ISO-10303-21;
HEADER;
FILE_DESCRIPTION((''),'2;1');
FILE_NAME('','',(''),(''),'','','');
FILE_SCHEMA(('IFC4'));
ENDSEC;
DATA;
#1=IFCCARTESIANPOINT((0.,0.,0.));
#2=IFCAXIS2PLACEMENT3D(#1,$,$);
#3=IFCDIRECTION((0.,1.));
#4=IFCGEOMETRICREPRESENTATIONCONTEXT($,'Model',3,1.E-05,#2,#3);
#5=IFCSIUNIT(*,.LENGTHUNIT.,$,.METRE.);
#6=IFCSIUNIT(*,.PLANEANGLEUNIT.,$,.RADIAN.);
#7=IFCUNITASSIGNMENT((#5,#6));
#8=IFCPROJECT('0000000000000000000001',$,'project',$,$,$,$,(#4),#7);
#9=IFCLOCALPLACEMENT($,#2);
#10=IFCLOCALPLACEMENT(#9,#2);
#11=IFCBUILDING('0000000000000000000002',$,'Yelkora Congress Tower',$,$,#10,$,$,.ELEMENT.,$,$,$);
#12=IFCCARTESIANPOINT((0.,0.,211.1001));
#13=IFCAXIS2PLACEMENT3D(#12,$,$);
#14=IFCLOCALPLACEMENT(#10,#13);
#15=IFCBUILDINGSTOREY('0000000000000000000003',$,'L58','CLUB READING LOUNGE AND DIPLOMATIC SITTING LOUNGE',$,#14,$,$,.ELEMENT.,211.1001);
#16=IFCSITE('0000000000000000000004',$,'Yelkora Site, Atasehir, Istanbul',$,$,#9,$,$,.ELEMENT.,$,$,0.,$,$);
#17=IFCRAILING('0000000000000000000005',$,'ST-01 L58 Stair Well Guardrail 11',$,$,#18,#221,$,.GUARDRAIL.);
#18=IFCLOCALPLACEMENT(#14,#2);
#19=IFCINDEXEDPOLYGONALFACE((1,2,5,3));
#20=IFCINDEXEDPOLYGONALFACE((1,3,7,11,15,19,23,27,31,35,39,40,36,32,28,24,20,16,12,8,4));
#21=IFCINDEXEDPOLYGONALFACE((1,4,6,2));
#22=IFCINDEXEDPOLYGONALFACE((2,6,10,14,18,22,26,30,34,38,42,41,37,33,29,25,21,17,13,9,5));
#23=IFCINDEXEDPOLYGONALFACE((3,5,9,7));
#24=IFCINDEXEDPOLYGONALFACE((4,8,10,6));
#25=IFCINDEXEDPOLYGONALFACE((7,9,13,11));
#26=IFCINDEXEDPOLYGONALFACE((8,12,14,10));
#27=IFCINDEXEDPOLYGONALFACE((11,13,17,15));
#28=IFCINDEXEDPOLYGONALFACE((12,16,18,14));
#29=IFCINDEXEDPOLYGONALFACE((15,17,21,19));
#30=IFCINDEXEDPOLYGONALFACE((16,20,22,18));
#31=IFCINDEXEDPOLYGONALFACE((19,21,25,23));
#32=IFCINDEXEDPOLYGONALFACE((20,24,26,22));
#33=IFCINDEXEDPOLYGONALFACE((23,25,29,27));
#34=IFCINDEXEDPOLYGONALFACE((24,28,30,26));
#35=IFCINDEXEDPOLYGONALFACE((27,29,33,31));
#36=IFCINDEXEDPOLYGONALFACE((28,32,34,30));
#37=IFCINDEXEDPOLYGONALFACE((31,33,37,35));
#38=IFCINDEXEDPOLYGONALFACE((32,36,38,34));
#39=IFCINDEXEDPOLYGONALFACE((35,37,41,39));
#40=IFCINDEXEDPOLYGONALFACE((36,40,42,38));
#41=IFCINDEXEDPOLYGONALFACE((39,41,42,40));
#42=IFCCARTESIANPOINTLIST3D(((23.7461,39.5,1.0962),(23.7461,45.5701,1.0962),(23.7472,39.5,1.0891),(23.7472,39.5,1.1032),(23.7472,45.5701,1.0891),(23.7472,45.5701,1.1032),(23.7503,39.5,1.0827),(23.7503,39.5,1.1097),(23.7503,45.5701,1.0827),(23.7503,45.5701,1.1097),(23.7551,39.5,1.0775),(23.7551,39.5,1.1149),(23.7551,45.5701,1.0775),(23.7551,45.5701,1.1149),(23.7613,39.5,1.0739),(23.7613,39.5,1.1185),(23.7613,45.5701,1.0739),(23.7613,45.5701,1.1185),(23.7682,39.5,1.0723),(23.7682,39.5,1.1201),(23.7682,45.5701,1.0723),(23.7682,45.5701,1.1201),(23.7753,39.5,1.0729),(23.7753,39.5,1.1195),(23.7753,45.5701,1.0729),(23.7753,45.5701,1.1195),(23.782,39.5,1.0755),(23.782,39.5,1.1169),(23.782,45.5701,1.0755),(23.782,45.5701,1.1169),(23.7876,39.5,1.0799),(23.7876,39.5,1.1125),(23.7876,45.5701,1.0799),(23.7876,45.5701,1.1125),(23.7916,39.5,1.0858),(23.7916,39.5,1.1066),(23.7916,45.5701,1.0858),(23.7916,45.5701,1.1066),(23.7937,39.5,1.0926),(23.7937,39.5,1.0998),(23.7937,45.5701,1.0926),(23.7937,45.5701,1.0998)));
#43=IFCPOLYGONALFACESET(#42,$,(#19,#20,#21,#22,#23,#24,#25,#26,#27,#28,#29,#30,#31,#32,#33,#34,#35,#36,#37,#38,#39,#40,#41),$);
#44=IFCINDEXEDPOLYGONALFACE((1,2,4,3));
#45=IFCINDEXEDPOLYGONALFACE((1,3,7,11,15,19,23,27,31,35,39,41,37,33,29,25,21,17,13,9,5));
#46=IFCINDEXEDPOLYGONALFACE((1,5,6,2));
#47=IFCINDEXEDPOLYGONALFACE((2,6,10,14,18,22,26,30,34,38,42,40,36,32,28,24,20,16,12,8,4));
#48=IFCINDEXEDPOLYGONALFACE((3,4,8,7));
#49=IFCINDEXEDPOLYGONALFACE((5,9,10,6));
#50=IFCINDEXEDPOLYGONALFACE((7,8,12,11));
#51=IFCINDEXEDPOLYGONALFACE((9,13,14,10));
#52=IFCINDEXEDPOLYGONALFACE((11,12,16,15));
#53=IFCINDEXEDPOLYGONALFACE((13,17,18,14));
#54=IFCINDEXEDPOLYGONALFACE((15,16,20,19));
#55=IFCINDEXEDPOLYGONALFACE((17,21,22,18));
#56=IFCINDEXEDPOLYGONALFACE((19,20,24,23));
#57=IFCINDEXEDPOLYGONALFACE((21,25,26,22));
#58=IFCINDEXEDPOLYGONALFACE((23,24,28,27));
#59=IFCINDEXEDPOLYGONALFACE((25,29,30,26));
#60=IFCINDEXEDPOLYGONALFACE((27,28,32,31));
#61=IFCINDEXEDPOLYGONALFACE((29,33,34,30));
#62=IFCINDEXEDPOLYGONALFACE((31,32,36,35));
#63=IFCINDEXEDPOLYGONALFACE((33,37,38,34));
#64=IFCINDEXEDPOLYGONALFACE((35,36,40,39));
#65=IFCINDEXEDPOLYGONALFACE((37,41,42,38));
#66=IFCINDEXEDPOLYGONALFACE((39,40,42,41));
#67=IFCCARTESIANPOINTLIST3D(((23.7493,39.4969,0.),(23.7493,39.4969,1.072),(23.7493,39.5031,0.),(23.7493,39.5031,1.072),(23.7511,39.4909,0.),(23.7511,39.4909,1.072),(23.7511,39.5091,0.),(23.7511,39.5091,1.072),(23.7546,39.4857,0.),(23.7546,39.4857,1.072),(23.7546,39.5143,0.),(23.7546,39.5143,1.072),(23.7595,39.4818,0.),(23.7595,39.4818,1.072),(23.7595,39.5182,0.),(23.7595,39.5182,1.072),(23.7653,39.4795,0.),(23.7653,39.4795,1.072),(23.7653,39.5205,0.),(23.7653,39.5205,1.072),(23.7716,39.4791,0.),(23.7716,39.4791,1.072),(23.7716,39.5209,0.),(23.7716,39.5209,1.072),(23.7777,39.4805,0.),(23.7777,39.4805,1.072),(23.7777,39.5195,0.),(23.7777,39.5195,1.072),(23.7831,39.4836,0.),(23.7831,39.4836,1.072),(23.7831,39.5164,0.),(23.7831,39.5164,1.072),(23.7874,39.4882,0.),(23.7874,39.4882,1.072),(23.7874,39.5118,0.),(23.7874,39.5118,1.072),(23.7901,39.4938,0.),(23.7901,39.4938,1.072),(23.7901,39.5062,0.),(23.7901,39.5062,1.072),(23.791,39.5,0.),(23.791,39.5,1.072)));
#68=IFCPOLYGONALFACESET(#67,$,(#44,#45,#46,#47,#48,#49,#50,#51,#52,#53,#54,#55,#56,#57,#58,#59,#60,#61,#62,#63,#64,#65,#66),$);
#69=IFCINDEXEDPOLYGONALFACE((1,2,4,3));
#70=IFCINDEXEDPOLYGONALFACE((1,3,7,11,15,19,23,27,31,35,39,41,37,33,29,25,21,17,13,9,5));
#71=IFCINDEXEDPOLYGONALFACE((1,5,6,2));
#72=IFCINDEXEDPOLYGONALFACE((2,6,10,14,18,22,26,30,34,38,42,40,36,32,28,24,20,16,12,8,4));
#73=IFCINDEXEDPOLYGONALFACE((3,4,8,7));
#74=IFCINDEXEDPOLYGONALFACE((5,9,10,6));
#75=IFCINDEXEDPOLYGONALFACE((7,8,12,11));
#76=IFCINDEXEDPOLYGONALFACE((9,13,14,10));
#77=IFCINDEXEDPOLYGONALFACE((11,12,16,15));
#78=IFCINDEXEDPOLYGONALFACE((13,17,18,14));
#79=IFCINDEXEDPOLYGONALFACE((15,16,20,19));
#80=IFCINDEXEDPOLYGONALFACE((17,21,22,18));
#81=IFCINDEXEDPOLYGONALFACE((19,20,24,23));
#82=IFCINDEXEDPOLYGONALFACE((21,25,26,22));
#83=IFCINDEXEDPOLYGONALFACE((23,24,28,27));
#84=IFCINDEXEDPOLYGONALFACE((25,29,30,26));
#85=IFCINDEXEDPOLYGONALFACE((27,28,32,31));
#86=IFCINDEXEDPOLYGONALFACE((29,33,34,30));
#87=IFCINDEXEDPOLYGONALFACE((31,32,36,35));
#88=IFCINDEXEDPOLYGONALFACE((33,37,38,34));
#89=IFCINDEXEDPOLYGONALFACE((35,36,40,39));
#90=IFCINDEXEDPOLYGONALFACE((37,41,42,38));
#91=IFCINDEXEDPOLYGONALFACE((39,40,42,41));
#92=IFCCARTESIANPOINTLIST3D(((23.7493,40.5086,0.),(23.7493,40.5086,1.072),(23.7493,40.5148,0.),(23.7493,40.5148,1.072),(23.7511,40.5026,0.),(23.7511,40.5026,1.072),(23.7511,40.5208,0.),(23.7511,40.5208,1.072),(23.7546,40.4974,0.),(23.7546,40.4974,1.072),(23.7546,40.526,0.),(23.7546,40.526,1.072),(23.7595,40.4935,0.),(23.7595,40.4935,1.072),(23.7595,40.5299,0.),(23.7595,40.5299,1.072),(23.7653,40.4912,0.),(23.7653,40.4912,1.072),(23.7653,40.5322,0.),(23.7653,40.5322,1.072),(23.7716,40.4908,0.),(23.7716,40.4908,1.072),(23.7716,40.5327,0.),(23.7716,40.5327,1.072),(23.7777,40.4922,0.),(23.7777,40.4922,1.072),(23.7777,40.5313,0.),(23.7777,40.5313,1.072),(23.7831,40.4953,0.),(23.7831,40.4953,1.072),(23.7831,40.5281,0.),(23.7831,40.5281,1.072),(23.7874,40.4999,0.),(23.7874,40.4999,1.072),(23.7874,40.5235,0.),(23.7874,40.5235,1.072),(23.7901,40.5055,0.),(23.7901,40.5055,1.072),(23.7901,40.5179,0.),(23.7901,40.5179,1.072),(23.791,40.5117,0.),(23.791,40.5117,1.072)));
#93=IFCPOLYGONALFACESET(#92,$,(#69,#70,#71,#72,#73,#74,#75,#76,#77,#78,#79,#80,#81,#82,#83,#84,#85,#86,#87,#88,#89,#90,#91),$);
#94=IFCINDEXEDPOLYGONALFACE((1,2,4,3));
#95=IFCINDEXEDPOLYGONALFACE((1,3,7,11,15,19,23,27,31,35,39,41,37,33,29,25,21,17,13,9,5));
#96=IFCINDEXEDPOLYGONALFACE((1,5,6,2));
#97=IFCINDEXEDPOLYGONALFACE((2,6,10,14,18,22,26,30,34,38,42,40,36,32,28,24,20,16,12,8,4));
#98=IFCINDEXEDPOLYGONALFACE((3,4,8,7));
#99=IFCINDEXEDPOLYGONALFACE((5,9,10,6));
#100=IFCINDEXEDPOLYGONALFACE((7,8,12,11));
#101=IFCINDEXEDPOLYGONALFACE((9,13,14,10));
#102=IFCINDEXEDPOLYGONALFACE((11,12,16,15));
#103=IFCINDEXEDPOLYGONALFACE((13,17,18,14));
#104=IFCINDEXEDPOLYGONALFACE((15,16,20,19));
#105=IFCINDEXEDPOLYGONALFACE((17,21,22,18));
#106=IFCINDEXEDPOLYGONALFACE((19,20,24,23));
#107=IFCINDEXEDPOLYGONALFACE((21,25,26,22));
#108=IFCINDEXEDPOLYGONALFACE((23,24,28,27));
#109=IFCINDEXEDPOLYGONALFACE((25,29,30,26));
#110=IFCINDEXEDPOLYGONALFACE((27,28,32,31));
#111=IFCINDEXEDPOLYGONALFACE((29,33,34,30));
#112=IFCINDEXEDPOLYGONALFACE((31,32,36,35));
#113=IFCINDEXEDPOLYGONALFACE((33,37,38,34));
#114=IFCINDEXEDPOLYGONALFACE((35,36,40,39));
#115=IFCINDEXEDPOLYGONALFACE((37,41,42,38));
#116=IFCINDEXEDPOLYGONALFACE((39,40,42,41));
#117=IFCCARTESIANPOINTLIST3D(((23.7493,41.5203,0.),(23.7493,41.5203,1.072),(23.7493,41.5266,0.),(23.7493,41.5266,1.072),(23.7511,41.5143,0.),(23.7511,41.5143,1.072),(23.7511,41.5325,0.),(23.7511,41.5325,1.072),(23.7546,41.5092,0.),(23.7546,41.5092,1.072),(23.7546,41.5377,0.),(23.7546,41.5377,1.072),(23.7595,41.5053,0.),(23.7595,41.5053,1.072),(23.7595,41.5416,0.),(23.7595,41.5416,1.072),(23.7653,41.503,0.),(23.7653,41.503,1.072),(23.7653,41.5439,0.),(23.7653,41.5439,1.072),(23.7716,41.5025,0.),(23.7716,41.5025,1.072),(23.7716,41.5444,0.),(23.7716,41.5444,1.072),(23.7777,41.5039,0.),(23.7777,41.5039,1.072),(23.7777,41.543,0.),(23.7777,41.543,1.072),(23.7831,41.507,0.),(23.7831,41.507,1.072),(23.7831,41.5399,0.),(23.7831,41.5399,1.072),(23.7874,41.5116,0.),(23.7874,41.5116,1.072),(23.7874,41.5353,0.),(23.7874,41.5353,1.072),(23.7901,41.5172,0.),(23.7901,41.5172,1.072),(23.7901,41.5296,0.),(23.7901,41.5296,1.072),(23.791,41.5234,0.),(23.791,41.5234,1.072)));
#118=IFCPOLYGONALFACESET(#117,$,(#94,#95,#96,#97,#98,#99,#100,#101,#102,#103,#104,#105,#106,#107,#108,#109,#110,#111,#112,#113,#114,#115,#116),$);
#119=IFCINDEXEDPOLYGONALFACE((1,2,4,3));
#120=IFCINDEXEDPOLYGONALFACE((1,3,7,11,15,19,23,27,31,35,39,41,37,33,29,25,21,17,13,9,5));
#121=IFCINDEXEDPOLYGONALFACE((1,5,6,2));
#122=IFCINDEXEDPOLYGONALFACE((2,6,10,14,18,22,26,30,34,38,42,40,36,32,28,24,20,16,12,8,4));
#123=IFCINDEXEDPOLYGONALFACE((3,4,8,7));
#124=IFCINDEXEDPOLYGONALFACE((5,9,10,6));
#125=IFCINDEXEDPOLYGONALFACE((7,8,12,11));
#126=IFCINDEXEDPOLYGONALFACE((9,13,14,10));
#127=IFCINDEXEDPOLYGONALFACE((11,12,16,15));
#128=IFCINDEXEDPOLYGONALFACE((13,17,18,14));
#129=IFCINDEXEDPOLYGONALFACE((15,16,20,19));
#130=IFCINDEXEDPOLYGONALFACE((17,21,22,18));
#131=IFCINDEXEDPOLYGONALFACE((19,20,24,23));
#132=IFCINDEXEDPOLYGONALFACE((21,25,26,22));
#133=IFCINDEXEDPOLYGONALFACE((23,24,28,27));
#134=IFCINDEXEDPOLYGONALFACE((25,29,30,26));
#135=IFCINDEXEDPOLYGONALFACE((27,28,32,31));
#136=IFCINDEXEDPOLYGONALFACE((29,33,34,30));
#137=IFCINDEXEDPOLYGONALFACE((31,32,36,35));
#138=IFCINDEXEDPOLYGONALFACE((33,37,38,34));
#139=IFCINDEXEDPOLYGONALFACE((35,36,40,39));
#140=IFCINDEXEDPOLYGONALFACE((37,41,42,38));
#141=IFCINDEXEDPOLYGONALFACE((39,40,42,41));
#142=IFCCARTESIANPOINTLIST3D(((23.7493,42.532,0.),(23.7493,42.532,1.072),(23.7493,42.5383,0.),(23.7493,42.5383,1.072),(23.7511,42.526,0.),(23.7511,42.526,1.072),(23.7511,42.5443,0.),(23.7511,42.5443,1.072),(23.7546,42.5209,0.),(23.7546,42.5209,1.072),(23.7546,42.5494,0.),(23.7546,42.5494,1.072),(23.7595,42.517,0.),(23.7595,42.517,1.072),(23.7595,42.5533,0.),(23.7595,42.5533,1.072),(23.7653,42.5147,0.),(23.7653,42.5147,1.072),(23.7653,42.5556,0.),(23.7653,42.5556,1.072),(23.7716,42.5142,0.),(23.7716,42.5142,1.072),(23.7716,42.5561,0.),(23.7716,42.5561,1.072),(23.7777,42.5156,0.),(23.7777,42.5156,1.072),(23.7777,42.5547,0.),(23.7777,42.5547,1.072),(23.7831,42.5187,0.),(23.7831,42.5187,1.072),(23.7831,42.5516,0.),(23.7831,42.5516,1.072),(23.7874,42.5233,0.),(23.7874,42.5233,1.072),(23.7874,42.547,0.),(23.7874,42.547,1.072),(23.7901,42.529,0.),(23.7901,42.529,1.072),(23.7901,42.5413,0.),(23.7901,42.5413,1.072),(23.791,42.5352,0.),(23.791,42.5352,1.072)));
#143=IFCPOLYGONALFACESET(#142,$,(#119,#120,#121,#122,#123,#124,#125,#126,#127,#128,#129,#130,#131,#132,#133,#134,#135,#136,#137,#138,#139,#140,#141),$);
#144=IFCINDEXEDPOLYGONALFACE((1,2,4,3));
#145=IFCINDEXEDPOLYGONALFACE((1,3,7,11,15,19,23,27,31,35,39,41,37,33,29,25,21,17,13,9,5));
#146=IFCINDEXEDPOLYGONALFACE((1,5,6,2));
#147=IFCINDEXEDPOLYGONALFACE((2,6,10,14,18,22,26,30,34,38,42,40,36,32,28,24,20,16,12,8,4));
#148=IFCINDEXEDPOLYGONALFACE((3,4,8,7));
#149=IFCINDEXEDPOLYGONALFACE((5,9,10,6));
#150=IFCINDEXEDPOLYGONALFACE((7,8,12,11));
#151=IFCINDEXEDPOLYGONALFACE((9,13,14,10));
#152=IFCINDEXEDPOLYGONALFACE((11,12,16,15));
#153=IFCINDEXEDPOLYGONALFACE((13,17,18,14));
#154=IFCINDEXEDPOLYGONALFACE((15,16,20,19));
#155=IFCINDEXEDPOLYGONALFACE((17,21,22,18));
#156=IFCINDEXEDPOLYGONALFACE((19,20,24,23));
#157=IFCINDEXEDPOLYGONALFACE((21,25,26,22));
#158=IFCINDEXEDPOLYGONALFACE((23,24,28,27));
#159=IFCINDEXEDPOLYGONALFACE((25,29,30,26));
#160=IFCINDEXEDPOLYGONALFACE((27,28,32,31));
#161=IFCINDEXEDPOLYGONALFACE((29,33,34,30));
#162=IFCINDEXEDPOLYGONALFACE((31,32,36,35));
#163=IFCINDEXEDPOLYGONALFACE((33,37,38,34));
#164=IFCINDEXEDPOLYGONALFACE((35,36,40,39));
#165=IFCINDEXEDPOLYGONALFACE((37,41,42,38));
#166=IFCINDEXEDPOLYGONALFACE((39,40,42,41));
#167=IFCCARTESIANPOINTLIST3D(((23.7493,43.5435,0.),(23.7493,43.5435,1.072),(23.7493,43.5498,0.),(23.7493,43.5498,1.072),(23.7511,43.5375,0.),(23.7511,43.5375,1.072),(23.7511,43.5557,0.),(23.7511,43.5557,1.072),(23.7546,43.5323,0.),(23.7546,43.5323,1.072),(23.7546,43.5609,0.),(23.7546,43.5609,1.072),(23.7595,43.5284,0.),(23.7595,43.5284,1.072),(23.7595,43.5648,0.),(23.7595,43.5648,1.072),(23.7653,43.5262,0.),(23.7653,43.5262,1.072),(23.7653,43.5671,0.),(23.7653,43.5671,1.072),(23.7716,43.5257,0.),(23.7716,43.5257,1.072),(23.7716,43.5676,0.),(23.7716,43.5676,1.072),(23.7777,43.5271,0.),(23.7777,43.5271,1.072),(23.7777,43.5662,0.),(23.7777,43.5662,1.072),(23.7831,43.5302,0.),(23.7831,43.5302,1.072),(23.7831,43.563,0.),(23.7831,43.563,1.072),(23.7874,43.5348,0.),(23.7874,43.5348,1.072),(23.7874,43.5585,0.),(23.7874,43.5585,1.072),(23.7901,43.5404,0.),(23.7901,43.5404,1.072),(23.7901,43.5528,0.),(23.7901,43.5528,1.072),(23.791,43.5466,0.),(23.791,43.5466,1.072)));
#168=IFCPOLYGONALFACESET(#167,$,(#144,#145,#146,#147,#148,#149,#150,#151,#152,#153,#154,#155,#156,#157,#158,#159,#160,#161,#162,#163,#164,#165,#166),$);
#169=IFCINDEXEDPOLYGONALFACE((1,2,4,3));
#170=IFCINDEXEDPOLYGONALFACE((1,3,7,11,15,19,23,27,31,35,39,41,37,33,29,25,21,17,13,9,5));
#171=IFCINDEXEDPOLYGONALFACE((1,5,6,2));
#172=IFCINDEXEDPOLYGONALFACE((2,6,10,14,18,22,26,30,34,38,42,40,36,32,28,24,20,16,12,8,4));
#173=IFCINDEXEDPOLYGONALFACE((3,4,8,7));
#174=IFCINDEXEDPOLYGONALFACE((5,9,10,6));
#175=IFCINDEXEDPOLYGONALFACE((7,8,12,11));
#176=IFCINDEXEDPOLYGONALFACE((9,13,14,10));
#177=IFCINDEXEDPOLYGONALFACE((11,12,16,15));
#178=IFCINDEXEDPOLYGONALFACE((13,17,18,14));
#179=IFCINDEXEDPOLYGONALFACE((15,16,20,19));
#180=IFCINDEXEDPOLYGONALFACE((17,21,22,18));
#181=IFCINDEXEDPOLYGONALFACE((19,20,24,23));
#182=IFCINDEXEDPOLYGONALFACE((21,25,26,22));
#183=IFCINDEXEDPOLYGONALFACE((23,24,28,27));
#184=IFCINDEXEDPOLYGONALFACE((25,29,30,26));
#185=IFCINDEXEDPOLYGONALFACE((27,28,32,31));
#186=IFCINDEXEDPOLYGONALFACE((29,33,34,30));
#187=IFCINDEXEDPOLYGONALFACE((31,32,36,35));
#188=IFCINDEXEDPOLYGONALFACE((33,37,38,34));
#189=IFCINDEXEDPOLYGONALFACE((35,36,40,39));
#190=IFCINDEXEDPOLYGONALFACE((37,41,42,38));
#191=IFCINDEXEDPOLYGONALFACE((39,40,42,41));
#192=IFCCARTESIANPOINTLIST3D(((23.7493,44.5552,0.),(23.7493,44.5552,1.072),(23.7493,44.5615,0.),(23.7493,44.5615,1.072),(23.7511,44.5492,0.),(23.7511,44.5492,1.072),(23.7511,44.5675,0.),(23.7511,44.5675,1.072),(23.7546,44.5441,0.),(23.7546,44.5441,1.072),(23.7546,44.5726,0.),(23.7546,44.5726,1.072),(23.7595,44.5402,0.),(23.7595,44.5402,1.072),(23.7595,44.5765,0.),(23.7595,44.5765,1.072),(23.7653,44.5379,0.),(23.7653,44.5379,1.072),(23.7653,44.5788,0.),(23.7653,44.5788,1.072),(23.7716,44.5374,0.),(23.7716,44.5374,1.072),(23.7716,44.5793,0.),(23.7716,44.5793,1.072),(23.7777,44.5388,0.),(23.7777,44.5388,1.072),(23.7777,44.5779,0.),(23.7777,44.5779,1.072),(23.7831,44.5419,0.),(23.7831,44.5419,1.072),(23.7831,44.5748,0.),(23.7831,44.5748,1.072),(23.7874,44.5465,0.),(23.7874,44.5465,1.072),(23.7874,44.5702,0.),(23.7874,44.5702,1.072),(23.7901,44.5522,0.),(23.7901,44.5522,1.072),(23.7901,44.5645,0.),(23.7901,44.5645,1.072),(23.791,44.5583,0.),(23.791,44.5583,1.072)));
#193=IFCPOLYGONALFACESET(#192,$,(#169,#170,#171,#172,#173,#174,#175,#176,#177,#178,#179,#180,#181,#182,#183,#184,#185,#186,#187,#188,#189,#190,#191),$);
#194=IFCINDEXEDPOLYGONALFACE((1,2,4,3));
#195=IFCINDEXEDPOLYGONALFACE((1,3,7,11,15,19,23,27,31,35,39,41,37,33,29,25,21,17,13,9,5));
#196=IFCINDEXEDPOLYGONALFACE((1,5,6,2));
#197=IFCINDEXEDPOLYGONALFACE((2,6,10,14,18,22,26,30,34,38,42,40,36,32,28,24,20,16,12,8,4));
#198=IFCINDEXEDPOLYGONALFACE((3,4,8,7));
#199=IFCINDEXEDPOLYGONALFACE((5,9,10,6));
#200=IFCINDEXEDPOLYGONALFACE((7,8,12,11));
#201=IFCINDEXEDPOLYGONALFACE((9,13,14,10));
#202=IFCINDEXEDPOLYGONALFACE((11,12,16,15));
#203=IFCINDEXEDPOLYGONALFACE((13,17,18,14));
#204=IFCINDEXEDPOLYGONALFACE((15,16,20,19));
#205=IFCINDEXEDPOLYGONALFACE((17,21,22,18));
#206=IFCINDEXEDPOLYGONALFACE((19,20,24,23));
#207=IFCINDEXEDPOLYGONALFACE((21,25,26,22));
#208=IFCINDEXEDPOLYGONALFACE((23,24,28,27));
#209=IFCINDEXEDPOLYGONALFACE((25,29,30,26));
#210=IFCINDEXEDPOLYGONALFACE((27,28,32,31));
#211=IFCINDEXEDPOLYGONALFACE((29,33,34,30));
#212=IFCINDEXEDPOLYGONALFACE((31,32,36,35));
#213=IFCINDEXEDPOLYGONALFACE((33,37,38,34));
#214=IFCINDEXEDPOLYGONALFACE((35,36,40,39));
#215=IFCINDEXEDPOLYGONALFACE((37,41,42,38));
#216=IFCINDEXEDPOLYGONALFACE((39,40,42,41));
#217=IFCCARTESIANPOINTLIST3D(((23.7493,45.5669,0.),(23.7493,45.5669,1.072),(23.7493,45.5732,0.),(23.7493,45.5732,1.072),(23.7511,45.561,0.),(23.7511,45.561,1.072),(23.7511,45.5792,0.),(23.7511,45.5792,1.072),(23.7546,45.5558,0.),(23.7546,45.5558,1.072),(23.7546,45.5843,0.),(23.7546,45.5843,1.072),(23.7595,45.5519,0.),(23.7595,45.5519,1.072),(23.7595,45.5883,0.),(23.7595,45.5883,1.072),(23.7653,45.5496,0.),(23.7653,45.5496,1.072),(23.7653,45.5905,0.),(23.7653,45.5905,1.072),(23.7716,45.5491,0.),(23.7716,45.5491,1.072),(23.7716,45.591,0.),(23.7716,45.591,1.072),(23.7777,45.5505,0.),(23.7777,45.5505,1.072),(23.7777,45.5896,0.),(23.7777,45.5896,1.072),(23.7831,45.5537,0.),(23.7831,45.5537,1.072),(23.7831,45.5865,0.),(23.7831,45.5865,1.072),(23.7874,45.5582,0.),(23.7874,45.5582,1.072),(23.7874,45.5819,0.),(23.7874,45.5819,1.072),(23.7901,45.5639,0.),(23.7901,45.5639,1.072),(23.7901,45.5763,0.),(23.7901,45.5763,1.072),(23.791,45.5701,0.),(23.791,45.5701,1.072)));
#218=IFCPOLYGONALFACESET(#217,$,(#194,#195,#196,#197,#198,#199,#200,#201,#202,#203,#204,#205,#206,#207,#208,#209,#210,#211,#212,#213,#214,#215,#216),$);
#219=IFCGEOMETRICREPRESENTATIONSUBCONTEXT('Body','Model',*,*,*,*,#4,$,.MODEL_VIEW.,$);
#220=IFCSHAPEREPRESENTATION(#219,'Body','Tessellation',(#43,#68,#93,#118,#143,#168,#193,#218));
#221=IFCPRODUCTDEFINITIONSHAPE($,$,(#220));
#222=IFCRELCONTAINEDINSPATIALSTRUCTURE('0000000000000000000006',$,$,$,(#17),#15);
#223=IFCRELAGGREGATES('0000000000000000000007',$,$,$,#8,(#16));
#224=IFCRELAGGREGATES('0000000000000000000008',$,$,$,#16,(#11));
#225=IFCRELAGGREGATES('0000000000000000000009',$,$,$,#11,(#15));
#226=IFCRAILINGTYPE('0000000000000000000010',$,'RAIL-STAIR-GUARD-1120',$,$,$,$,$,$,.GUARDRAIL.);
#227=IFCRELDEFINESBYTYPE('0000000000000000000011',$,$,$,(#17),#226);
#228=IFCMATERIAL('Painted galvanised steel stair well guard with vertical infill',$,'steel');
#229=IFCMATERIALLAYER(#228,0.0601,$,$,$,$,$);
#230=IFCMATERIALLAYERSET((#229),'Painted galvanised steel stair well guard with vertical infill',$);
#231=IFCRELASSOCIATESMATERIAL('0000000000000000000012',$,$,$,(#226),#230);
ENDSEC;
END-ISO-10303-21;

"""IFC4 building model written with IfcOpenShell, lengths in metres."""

from ifc_helpers import new_model, si_unit, direction, frame, origin, origin_2d, place, context, subcontext, project, spatial, circle, extrude, material, layer, layer_set, type_object, element, save


model = new_model("IFC4")

# Units and contexts
model_context = context("Model", 3, precision=1e-05, world=origin(), true_north=direction((0.0, 1.0)))
body_context = subcontext(model_context, "Body", "Model", "MODEL_VIEW")
ifc_project = project(units=[si_unit("LENGTHUNIT", "METRE"), si_unit("PLANEANGLEUNIT", "RADIAN")], contexts=[model_context])

# Site, building, storey
site_placement = place(None, origin())
site = spatial("IfcSite", under=ifc_project, at=site_placement, Name="Yelkora Site, Atasehir, Istanbul", CompositionType="ELEMENT", RefElevation=0.0)
building_placement = place(site_placement, origin())
building = spatial("IfcBuilding", under=site, at=building_placement, Name="Yelkora Congress Tower", CompositionType="ELEMENT")
storey_placement = place(building_placement, frame((0.0, 0.0, 211.1001)))
storey = spatial("IfcBuildingStorey", under=building, at=storey_placement, Name="L58", Description="CLUB READING LOUNGE AND DIPLOMATIC SITTING LOUNGE", CompositionType="ELEMENT", Elevation=211.1001)

# Railing
ifc_material_1 = material(Name="Painted galvanised steel stair well guard with vertical infill", Category="steel")
ifc_layer_1 = layer(ifc_material_1, 0.0601)
ifc_layer_set_1 = layer_set([ifc_layer_1], Name="Painted galvanised steel stair well guard with vertical infill")
railing_type_1 = type_object("IfcRailingType", Name="RAIL-STAIR-GUARD-1120", PredefinedType="GUARDRAIL", material=ifc_layer_set_1)
railing_1_placement = place(storey_placement, frame((23.77, 39.5, 0.0)))
element("IfcRailing", 1, at=railing_1_placement, inside=storey, type_object=railing_type_1, Name="ST-01 L58 Stair Well Guardrail 11", PredefinedType="GUARDRAIL", context=body_context, shape_type="SweptSolid", body=[
    extrude(circle(Radius=0.0239, at=origin_2d()), frame((0.0, 0.0, 1.0962), z_axis=(0.0, 1.0, 0.0), x_axis=(-1.0, 0.0, 0.0)), (0.0, 0.0, 1.0), 6.0701),
    extrude(circle(Radius=0.021, at=origin_2d()), origin(), (0.0, 0.0, 1.0), 1.072),
    extrude(circle(Radius=0.021, at=origin_2d()), frame((0.0, 1.0117, 0.0)), (0.0, 0.0, 1.0), 1.072),
    extrude(circle(Radius=0.021, at=origin_2d()), frame((0.0, 2.0234, 0.0)), (0.0, 0.0, 1.0), 1.072),
    extrude(circle(Radius=0.021, at=origin_2d()), frame((0.0, 3.0352, 0.0)), (0.0, 0.0, 1.0), 1.072),
    extrude(circle(Radius=0.021, at=origin_2d()), frame((0.0, 4.0466, 0.0)), (0.0, 0.0, 1.0), 1.072),
    extrude(circle(Radius=0.021, at=origin_2d()), frame((0.0, 5.0583, 0.0)), (0.0, 0.0, 1.0), 1.072),
    extrude(circle(Radius=0.021, at=origin_2d()), frame((0.0, 6.0701, 0.0)), (0.0, 0.0, 1.0), 1.072),
])

save(model, "model.ifc")
